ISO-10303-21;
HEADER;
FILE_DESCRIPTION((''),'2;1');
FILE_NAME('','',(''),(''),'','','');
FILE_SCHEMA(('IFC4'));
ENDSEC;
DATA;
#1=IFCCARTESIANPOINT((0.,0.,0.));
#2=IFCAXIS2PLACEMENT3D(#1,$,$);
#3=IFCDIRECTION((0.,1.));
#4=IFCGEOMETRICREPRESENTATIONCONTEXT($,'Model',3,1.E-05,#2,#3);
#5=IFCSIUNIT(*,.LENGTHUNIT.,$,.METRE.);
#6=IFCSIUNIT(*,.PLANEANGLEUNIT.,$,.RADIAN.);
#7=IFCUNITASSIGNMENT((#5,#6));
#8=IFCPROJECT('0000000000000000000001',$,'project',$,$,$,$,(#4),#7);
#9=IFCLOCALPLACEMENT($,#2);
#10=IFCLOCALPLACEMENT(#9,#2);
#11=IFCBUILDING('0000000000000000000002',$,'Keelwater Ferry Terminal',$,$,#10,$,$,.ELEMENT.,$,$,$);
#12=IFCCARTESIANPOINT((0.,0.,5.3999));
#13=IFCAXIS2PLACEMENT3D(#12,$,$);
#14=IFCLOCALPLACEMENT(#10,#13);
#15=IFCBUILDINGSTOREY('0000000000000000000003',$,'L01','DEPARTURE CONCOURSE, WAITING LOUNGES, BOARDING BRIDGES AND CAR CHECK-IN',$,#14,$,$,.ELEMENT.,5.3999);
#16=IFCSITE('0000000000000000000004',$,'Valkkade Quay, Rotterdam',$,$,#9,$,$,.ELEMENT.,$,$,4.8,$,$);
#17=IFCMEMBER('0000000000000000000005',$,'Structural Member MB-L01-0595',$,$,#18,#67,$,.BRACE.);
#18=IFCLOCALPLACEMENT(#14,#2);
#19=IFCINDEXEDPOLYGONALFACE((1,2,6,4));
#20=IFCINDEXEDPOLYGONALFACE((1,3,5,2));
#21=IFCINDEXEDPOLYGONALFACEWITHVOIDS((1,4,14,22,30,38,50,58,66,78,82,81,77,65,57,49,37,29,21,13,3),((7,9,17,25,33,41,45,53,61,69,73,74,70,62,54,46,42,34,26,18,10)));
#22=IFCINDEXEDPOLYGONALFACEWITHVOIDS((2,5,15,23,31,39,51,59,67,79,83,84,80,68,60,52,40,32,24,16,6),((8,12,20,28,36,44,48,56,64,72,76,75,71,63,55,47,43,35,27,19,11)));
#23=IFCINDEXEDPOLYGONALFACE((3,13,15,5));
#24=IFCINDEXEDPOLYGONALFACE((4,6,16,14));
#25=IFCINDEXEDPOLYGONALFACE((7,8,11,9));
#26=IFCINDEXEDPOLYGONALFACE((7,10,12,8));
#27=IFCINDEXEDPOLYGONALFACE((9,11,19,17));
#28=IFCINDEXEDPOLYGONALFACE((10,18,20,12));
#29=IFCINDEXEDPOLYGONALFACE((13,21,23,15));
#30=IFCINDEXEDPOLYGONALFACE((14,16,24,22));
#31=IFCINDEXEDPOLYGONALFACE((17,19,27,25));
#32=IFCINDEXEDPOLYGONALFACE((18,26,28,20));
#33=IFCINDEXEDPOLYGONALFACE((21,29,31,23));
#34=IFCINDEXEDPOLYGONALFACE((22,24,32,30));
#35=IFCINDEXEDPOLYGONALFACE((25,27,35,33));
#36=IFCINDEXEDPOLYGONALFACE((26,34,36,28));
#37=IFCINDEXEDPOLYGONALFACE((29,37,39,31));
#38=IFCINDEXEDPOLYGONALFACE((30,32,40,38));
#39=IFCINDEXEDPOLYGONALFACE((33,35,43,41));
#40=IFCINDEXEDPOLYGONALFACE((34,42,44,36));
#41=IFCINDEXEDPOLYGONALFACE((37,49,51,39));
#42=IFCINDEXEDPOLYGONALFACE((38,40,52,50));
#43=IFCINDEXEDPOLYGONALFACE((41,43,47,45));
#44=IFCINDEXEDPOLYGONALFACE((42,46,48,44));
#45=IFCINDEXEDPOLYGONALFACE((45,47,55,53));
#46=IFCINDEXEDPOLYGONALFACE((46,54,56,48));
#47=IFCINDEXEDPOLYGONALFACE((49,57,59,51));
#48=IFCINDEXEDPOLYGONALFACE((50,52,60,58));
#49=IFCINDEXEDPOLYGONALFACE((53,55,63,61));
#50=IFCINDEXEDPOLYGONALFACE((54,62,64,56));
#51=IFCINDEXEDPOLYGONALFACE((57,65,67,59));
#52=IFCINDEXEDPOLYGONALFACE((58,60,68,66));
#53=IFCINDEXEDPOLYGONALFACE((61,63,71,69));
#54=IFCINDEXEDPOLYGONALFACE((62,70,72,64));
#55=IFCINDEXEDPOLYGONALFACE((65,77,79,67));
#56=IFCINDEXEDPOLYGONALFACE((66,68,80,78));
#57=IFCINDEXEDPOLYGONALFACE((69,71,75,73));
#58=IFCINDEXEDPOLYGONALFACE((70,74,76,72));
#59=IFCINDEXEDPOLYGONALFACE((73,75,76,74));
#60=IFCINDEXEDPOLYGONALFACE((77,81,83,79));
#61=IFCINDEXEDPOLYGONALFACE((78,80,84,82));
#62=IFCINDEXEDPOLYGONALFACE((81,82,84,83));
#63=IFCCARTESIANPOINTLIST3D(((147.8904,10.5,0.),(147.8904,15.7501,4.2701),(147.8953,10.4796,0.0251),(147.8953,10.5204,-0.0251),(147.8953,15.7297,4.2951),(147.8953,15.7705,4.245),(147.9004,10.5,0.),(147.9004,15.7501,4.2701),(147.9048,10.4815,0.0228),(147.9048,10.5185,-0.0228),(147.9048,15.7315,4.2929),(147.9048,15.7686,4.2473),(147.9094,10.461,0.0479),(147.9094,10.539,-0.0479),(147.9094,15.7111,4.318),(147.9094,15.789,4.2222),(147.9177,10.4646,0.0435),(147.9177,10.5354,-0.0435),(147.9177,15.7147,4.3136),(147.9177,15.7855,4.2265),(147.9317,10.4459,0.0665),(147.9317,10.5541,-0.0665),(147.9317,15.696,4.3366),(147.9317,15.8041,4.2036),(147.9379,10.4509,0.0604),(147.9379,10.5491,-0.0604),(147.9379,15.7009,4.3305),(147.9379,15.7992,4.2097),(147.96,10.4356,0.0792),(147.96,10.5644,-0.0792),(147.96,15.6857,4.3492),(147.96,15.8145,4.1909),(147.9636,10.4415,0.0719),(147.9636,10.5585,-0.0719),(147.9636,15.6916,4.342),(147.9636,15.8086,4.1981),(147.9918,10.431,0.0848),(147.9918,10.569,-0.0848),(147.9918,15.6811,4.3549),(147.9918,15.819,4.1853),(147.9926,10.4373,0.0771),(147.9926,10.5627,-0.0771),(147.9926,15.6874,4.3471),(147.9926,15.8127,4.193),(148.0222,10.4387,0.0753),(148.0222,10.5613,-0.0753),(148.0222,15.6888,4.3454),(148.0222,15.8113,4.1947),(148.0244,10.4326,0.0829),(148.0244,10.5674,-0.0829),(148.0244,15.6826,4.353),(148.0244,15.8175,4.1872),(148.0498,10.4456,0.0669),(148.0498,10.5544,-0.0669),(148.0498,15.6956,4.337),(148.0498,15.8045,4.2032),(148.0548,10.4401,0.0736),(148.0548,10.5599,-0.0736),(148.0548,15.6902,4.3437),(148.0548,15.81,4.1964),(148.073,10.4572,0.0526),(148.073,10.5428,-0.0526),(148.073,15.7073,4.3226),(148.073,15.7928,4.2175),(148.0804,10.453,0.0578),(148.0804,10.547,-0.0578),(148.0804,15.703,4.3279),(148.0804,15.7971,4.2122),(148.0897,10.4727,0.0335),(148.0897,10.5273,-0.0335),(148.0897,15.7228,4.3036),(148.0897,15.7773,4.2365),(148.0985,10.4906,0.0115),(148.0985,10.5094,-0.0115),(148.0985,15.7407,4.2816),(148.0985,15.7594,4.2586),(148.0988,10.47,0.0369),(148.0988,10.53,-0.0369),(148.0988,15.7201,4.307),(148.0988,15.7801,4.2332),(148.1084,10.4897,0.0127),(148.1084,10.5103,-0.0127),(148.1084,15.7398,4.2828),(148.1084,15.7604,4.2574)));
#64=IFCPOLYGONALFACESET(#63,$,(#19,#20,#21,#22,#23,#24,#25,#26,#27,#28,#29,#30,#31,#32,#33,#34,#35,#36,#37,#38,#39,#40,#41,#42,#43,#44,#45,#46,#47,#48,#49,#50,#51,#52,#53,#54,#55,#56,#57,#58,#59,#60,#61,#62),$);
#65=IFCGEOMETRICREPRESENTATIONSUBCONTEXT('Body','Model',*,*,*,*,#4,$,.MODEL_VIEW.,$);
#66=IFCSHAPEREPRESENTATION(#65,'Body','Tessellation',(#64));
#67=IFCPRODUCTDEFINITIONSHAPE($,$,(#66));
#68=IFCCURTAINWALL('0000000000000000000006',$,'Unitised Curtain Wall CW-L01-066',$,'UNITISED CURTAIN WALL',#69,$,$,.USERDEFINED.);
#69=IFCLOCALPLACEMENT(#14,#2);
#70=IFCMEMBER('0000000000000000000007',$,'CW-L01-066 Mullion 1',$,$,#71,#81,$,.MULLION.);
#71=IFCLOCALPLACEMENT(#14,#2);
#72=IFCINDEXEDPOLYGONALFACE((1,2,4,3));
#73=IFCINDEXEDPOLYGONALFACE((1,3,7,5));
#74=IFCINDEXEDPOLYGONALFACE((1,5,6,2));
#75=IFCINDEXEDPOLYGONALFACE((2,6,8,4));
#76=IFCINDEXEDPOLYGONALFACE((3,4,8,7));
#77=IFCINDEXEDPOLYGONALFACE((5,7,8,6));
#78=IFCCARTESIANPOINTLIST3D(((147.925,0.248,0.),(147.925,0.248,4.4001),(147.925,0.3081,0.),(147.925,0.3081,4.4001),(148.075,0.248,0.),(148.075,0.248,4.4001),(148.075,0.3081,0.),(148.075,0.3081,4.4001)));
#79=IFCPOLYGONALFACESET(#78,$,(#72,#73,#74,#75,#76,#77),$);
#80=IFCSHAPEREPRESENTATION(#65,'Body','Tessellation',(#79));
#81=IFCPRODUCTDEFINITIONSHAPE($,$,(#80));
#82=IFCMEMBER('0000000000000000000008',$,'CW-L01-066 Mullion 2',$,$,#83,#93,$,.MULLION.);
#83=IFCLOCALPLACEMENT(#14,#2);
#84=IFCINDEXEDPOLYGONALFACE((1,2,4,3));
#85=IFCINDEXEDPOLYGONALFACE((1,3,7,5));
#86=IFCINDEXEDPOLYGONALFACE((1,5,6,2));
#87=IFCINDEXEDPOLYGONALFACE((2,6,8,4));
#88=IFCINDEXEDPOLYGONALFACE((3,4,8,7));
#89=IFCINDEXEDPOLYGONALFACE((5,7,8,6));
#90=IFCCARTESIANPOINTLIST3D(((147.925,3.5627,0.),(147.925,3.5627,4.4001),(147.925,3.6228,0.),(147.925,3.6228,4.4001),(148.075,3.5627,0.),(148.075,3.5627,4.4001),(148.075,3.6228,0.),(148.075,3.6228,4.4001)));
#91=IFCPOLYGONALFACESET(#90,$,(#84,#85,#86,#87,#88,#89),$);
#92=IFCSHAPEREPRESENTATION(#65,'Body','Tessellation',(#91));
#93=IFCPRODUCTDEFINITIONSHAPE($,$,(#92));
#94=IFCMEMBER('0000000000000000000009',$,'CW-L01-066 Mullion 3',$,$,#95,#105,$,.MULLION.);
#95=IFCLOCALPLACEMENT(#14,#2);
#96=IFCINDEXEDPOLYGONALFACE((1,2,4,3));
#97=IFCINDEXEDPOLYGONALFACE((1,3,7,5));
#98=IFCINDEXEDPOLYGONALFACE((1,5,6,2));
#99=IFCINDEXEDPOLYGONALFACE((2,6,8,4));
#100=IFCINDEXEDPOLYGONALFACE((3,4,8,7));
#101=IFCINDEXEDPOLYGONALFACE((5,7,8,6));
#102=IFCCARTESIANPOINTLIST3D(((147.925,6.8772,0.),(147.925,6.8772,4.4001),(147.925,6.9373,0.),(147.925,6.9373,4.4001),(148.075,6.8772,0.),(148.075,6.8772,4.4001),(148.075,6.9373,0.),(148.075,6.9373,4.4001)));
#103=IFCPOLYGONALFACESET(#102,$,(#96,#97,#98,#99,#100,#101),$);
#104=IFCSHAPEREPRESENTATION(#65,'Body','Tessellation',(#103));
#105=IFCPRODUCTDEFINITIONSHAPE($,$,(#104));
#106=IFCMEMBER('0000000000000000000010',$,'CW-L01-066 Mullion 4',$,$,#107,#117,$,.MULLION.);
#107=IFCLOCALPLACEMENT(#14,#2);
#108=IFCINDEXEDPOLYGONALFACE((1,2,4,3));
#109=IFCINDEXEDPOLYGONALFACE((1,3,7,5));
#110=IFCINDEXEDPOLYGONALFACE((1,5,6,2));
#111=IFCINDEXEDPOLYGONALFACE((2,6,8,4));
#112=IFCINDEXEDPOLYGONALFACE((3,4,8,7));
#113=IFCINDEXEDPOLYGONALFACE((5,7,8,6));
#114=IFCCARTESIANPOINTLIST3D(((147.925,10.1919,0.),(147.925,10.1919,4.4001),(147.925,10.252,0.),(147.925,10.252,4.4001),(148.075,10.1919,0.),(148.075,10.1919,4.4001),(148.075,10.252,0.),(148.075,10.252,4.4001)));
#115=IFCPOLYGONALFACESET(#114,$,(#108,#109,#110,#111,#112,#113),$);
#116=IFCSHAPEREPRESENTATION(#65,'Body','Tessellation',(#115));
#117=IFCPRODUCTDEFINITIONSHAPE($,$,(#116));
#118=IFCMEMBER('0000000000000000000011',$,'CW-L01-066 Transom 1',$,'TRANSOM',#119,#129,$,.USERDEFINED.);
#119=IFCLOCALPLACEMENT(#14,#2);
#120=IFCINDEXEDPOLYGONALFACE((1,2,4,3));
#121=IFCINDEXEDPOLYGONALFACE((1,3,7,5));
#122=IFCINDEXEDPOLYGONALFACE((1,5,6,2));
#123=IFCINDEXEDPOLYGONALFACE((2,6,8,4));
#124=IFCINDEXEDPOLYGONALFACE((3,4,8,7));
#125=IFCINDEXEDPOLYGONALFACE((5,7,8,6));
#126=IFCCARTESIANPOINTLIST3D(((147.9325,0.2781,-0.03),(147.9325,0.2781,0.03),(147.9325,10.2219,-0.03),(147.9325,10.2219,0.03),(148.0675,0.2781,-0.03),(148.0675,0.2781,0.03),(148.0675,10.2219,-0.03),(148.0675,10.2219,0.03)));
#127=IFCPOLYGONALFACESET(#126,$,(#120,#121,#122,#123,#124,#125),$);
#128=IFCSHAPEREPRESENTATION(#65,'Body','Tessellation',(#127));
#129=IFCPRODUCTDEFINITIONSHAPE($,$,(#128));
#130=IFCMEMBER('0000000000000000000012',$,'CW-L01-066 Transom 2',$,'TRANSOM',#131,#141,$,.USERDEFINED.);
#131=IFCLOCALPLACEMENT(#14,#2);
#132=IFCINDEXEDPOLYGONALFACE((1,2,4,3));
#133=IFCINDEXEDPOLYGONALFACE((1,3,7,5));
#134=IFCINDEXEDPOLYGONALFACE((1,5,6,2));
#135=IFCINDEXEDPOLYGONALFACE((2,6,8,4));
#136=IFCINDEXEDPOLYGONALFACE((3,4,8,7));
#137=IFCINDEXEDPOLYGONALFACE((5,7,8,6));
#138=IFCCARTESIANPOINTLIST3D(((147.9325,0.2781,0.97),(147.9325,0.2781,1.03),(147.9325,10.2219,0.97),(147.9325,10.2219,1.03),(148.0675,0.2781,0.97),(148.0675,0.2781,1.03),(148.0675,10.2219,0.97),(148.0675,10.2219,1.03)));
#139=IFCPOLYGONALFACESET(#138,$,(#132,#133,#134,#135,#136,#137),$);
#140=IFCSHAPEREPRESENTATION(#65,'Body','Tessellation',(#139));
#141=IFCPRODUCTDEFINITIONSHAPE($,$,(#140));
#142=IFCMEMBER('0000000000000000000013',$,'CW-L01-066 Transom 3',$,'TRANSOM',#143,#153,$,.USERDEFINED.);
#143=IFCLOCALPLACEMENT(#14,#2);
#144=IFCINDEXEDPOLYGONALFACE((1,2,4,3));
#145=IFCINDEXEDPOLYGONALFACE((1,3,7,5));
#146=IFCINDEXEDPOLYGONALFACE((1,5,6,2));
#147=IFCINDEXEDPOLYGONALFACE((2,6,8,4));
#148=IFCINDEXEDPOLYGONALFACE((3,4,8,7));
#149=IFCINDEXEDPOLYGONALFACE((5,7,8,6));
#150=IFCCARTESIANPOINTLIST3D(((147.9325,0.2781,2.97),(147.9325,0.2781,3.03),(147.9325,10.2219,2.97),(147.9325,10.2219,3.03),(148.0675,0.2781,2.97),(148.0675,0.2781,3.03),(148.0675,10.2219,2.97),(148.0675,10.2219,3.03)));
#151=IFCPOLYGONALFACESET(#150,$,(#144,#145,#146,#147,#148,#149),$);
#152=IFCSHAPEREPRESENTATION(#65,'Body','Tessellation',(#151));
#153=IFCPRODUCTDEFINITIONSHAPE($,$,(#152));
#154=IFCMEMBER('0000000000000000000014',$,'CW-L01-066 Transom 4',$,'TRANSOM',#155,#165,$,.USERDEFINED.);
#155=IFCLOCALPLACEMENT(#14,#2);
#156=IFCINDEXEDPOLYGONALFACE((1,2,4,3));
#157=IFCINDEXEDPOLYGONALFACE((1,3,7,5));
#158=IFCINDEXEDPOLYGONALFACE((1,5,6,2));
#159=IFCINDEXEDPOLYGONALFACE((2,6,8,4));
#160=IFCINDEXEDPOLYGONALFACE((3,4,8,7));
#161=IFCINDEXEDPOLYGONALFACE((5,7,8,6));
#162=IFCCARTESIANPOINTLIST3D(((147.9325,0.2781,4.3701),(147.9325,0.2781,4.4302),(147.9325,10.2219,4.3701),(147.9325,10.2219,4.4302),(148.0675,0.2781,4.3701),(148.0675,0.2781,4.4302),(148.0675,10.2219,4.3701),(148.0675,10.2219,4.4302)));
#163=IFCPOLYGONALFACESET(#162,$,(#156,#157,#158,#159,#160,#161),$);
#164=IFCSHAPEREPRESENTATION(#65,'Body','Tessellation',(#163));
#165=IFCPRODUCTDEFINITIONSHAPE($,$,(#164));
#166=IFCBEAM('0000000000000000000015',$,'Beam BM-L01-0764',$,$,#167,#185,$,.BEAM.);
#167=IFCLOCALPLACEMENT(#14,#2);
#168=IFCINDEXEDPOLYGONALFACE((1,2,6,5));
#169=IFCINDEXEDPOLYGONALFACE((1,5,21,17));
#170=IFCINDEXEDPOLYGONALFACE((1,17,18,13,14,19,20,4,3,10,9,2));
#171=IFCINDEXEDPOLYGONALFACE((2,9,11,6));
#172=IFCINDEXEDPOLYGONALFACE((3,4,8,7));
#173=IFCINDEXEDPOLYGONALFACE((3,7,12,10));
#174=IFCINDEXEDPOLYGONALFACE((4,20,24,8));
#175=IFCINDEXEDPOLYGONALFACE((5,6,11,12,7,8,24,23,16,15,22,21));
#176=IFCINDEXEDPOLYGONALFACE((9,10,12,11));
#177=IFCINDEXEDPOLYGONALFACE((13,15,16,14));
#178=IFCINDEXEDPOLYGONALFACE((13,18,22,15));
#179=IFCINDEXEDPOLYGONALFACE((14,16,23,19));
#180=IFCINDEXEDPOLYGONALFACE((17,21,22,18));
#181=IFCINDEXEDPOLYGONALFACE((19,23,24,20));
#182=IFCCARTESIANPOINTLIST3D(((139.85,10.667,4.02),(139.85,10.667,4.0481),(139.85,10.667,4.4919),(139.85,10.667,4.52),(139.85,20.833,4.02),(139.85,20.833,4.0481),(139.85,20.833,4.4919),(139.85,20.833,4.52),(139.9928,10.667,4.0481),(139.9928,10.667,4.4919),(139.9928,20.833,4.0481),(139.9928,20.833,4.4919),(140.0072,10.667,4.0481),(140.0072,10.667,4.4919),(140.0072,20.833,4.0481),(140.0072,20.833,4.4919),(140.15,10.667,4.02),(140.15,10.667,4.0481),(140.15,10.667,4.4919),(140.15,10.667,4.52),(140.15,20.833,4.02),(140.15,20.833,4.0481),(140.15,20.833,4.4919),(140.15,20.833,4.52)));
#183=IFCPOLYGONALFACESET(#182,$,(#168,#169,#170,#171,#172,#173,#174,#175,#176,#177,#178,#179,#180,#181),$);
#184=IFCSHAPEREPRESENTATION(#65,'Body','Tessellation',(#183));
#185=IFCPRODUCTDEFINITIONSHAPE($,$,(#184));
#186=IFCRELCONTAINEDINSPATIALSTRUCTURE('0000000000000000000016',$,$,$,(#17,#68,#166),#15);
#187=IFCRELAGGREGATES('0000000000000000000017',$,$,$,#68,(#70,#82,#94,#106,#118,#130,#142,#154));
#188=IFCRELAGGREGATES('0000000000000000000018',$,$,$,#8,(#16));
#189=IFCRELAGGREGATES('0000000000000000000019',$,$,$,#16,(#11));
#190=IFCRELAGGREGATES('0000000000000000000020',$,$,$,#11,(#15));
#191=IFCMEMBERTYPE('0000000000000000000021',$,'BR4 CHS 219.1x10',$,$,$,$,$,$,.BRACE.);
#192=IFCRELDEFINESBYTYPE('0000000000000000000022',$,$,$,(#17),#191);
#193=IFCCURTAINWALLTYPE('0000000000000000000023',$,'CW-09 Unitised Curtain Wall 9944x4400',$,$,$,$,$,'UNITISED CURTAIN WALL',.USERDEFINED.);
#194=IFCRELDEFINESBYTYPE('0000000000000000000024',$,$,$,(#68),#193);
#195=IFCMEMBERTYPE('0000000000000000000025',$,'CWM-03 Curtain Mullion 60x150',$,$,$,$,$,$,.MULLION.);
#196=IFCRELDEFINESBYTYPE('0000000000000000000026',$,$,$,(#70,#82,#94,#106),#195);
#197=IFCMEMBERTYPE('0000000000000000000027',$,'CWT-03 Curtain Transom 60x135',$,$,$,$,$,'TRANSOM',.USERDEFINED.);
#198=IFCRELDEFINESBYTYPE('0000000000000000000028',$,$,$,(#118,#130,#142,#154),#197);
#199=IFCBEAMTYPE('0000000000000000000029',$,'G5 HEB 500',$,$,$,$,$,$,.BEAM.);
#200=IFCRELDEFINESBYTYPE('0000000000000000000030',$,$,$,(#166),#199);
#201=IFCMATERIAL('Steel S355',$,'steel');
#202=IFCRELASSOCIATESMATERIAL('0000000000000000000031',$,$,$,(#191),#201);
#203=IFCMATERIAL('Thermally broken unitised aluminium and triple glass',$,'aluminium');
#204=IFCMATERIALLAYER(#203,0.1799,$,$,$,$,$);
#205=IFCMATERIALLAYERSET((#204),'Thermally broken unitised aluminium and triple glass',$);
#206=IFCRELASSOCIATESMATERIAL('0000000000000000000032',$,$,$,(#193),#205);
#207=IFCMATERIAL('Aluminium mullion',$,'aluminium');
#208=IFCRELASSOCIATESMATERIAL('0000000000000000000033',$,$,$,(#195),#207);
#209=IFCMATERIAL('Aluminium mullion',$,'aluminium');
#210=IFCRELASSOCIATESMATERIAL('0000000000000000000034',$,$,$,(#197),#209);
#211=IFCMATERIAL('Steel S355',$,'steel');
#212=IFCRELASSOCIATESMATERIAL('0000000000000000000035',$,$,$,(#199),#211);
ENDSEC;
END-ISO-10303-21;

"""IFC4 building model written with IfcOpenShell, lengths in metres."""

from ifc_helpers import new_model, si_unit, direction, frame, origin, origin_2d, place, context, subcontext, project, spatial, rectangle, hollow_circle, i_section, extrude, material, layer, layer_set, material_profile, profile_set, type_object, element, aggregate, save


model = new_model("IFC4")

# Units and contexts
model_context = context("Model", 3, precision=1e-05, world=origin(), true_north=direction((0.0, 1.0)))
body_context = subcontext(model_context, "Body", "Model", "MODEL_VIEW")
ifc_project = project(units=[si_unit("LENGTHUNIT", "METRE"), si_unit("PLANEANGLEUNIT", "RADIAN")], contexts=[model_context])

# Site, building, storey
site_placement = place(None, origin())
site = spatial("IfcSite", under=ifc_project, at=site_placement, Name="Valkkade Quay, Rotterdam", CompositionType="ELEMENT", RefElevation=4.8)
building_placement = place(site_placement, origin())
building = spatial("IfcBuilding", under=site, at=building_placement, Name="Keelwater Ferry Terminal", CompositionType="ELEMENT")
storey_placement = place(building_placement, frame((0.0, 0.0, 5.3999)))
storey = spatial("IfcBuildingStorey", under=building, at=storey_placement, Name="L01", Description="DEPARTURE CONCOURSE, WAITING LOUNGES, BOARDING BRIDGES AND CAR CHECK-IN", CompositionType="ELEMENT", Elevation=5.3999)

# Member
ifc_material_1 = material(Name="Steel S355", Category="steel")
ifc_material_profile_1 = material_profile(ifc_material_1, hollow_circle(Radius=0.1096, WallThickness=0.01, at=origin_2d()), Name="CHS 219.1x10")
ifc_profile_set_1 = profile_set([ifc_material_profile_1], Name="Steel S355")
member_type_1 = type_object("IfcMemberType", Name="BR4 CHS 219.1x10", PredefinedType="BRACE", material=ifc_profile_set_1)
member_1_placement = place(storey_placement, frame((148.0, 10.5, 0.0), z_axis=(0.0, 0.775796, 0.630984), x_axis=(-1.0, 0.0, 0.0)))
element("IfcMember", 1, at=member_1_placement, inside=storey, type_object=member_type_1, Name="Structural Member MB-L01-0595", PredefinedType="BRACE", context=body_context, shape_type="SweptSolid", body=[
    extrude(hollow_circle(Radius=0.1096, WallThickness=0.01, at=origin_2d()), origin(), (0.0, 0.0, 1.0), 6.7673),
])

# Curtain wall, members
ifc_material_2 = material(Name="Thermally broken unitised aluminium and triple glass", Category="aluminium")
ifc_layer_1 = layer(ifc_material_2, 0.1799)
ifc_layer_set_1 = layer_set([ifc_layer_1], Name="Thermally broken unitised aluminium and triple glass")
curtain_wall_type = type_object("IfcCurtainWallType", Name="CW-09 Unitised Curtain Wall 9944x4400", ElementType="UNITISED CURTAIN WALL", PredefinedType="USERDEFINED", material=ifc_layer_set_1)
curtain_wall_placement = place(storey_placement, origin())
curtain_wall = element("IfcCurtainWall", 2, at=curtain_wall_placement, inside=storey, type_object=curtain_wall_type, Name="Unitised Curtain Wall CW-L01-066", ObjectType="UNITISED CURTAIN WALL", PredefinedType="USERDEFINED")
ifc_material_3 = material(Name="Aluminium mullion", Category="aluminium")
ifc_material_profile_2 = material_profile(ifc_material_3, rectangle(XDim=0.0601, YDim=0.1499, at=origin_2d()), Name="CWM-03")
ifc_profile_set_2 = profile_set([ifc_material_profile_2], Name="Aluminium mullion")
member_type_2 = type_object("IfcMemberType", Name="CWM-03 Curtain Mullion 60x150", PredefinedType="MULLION", material=ifc_profile_set_2)
member_2_placement = place(storey_placement, frame((148.0, 0.2781, 0.0), z_axis=(0.0, 0.0, 1.0), x_axis=(0.0, 1.0, 0.0)))
member_2 = element("IfcMember", 3, at=member_2_placement, type_object=member_type_2, Name="CW-L01-066 Mullion 1", PredefinedType="MULLION", context=body_context, shape_type="SweptSolid", body=[
    extrude(rectangle(XDim=0.0601, YDim=0.1499, at=origin_2d()), origin(), (0.0, 0.0, 1.0), 4.4001),
])
member_3_placement = place(storey_placement, frame((148.0, 3.5928, 0.0), z_axis=(0.0, 0.0, 1.0), x_axis=(0.0, 1.0, 0.0)))
member_3 = element("IfcMember", 4, at=member_3_placement, type_object=member_type_2, Name="CW-L01-066 Mullion 2", PredefinedType="MULLION", context=body_context, shape_type="SweptSolid", body=[
    extrude(rectangle(XDim=0.0601, YDim=0.1499, at=origin_2d()), origin(), (0.0, 0.0, 1.0), 4.4001),
])
member_4_placement = place(storey_placement, frame((148.0, 6.9072, 0.0), z_axis=(0.0, 0.0, 1.0), x_axis=(0.0, 1.0, 0.0)))
member_4 = element("IfcMember", 5, at=member_4_placement, type_object=member_type_2, Name="CW-L01-066 Mullion 3", PredefinedType="MULLION", context=body_context, shape_type="SweptSolid", body=[
    extrude(rectangle(XDim=0.0601, YDim=0.1499, at=origin_2d()), origin(), (0.0, 0.0, 1.0), 4.4001),
])
member_5_placement = place(storey_placement, frame((148.0, 10.2219, 0.0), z_axis=(0.0, 0.0, 1.0), x_axis=(0.0, 1.0, 0.0)))
member_5 = element("IfcMember", 6, at=member_5_placement, type_object=member_type_2, Name="CW-L01-066 Mullion 4", PredefinedType="MULLION", context=body_context, shape_type="SweptSolid", body=[
    extrude(rectangle(XDim=0.0601, YDim=0.1499, at=origin_2d()), origin(), (0.0, 0.0, 1.0), 4.4001),
])
ifc_material_4 = material(Name="Aluminium mullion", Category="aluminium")
ifc_material_profile_3 = material_profile(ifc_material_4, rectangle(XDim=0.135, YDim=0.0601, at=origin_2d()), Name="CWT-03")
ifc_profile_set_3 = profile_set([ifc_material_profile_3], Name="Aluminium mullion")
member_type_3 = type_object("IfcMemberType", Name="CWT-03 Curtain Transom 60x135", ElementType="TRANSOM", PredefinedType="USERDEFINED", material=ifc_profile_set_3)
member_6_placement = place(storey_placement, frame((148.0, 0.2781, 0.0), z_axis=(0.0, 1.0, 0.0), x_axis=(-1.0, 0.0, 0.0)))
member_6 = element("IfcMember", 7, at=member_6_placement, type_object=member_type_3, Name="CW-L01-066 Transom 1", ObjectType="TRANSOM", PredefinedType="USERDEFINED", context=body_context, shape_type="SweptSolid", body=[
    extrude(rectangle(XDim=0.135, YDim=0.0601, at=origin_2d()), origin(), (0.0, 0.0, 1.0), 9.9438),
])
member_7_placement = place(storey_placement, frame((148.0, 0.2781, 1.0), z_axis=(0.0, 1.0, 0.0), x_axis=(-1.0, 0.0, 0.0)))
member_7 = element("IfcMember", 8, at=member_7_placement, type_object=member_type_3, Name="CW-L01-066 Transom 2", ObjectType="TRANSOM", PredefinedType="USERDEFINED", context=body_context, shape_type="SweptSolid", body=[
    extrude(rectangle(XDim=0.135, YDim=0.0601, at=origin_2d()), origin(), (0.0, 0.0, 1.0), 9.9438),
])
member_8_placement = place(storey_placement, frame((148.0, 0.2781, 3.0), z_axis=(0.0, 1.0, 0.0), x_axis=(-1.0, 0.0, 0.0)))
member_8 = element("IfcMember", 9, at=member_8_placement, type_object=member_type_3, Name="CW-L01-066 Transom 3", ObjectType="TRANSOM", PredefinedType="USERDEFINED", context=body_context, shape_type="SweptSolid", body=[
    extrude(rectangle(XDim=0.135, YDim=0.0601, at=origin_2d()), origin(), (0.0, 0.0, 1.0), 9.9438),
])
member_9_placement = place(storey_placement, frame((148.0, 0.2781, 4.4001), z_axis=(0.0, 1.0, 0.0), x_axis=(-1.0, 0.0, 0.0)))
member_9 = element("IfcMember", 10, at=member_9_placement, type_object=member_type_3, Name="CW-L01-066 Transom 4", ObjectType="TRANSOM", PredefinedType="USERDEFINED", context=body_context, shape_type="SweptSolid", body=[
    extrude(rectangle(XDim=0.135, YDim=0.0601, at=origin_2d()), origin(), (0.0, 0.0, 1.0), 9.9438),
])

# Beam
ifc_material_5 = material(Name="Steel S355", Category="steel")
ifc_material_profile_4 = material_profile(ifc_material_5, i_section(OverallWidth=0.3, OverallDepth=0.5, WebThickness=0.0144, FlangeThickness=0.0281, at=origin_2d()), Name="HEB 500")
ifc_profile_set_4 = profile_set([ifc_material_profile_4], Name="Steel S355")
beam_type_1 = type_object("IfcBeamType", Name="G5 HEB 500", PredefinedType="BEAM", material=ifc_profile_set_4)
beam_1_placement = place(storey_placement, frame((140.0, 10.667, 4.27), z_axis=(0.0, 1.0, 0.0), x_axis=(-1.0, 0.0, 0.0)))
element("IfcBeam", 11, at=beam_1_placement, inside=storey, type_object=beam_type_1, Name="Beam BM-L01-0764", PredefinedType="BEAM", context=body_context, shape_type="SweptSolid", body=[
    extrude(i_section(OverallWidth=0.3, OverallDepth=0.5, WebThickness=0.0144, FlangeThickness=0.0281, at=origin_2d()), origin(), (0.0, 0.0, 1.0), 10.166),
])

aggregate(curtain_wall, [member_2, member_3, member_4, member_5, member_6, member_7, member_8, member_9])

save(model, "model.ifc")
